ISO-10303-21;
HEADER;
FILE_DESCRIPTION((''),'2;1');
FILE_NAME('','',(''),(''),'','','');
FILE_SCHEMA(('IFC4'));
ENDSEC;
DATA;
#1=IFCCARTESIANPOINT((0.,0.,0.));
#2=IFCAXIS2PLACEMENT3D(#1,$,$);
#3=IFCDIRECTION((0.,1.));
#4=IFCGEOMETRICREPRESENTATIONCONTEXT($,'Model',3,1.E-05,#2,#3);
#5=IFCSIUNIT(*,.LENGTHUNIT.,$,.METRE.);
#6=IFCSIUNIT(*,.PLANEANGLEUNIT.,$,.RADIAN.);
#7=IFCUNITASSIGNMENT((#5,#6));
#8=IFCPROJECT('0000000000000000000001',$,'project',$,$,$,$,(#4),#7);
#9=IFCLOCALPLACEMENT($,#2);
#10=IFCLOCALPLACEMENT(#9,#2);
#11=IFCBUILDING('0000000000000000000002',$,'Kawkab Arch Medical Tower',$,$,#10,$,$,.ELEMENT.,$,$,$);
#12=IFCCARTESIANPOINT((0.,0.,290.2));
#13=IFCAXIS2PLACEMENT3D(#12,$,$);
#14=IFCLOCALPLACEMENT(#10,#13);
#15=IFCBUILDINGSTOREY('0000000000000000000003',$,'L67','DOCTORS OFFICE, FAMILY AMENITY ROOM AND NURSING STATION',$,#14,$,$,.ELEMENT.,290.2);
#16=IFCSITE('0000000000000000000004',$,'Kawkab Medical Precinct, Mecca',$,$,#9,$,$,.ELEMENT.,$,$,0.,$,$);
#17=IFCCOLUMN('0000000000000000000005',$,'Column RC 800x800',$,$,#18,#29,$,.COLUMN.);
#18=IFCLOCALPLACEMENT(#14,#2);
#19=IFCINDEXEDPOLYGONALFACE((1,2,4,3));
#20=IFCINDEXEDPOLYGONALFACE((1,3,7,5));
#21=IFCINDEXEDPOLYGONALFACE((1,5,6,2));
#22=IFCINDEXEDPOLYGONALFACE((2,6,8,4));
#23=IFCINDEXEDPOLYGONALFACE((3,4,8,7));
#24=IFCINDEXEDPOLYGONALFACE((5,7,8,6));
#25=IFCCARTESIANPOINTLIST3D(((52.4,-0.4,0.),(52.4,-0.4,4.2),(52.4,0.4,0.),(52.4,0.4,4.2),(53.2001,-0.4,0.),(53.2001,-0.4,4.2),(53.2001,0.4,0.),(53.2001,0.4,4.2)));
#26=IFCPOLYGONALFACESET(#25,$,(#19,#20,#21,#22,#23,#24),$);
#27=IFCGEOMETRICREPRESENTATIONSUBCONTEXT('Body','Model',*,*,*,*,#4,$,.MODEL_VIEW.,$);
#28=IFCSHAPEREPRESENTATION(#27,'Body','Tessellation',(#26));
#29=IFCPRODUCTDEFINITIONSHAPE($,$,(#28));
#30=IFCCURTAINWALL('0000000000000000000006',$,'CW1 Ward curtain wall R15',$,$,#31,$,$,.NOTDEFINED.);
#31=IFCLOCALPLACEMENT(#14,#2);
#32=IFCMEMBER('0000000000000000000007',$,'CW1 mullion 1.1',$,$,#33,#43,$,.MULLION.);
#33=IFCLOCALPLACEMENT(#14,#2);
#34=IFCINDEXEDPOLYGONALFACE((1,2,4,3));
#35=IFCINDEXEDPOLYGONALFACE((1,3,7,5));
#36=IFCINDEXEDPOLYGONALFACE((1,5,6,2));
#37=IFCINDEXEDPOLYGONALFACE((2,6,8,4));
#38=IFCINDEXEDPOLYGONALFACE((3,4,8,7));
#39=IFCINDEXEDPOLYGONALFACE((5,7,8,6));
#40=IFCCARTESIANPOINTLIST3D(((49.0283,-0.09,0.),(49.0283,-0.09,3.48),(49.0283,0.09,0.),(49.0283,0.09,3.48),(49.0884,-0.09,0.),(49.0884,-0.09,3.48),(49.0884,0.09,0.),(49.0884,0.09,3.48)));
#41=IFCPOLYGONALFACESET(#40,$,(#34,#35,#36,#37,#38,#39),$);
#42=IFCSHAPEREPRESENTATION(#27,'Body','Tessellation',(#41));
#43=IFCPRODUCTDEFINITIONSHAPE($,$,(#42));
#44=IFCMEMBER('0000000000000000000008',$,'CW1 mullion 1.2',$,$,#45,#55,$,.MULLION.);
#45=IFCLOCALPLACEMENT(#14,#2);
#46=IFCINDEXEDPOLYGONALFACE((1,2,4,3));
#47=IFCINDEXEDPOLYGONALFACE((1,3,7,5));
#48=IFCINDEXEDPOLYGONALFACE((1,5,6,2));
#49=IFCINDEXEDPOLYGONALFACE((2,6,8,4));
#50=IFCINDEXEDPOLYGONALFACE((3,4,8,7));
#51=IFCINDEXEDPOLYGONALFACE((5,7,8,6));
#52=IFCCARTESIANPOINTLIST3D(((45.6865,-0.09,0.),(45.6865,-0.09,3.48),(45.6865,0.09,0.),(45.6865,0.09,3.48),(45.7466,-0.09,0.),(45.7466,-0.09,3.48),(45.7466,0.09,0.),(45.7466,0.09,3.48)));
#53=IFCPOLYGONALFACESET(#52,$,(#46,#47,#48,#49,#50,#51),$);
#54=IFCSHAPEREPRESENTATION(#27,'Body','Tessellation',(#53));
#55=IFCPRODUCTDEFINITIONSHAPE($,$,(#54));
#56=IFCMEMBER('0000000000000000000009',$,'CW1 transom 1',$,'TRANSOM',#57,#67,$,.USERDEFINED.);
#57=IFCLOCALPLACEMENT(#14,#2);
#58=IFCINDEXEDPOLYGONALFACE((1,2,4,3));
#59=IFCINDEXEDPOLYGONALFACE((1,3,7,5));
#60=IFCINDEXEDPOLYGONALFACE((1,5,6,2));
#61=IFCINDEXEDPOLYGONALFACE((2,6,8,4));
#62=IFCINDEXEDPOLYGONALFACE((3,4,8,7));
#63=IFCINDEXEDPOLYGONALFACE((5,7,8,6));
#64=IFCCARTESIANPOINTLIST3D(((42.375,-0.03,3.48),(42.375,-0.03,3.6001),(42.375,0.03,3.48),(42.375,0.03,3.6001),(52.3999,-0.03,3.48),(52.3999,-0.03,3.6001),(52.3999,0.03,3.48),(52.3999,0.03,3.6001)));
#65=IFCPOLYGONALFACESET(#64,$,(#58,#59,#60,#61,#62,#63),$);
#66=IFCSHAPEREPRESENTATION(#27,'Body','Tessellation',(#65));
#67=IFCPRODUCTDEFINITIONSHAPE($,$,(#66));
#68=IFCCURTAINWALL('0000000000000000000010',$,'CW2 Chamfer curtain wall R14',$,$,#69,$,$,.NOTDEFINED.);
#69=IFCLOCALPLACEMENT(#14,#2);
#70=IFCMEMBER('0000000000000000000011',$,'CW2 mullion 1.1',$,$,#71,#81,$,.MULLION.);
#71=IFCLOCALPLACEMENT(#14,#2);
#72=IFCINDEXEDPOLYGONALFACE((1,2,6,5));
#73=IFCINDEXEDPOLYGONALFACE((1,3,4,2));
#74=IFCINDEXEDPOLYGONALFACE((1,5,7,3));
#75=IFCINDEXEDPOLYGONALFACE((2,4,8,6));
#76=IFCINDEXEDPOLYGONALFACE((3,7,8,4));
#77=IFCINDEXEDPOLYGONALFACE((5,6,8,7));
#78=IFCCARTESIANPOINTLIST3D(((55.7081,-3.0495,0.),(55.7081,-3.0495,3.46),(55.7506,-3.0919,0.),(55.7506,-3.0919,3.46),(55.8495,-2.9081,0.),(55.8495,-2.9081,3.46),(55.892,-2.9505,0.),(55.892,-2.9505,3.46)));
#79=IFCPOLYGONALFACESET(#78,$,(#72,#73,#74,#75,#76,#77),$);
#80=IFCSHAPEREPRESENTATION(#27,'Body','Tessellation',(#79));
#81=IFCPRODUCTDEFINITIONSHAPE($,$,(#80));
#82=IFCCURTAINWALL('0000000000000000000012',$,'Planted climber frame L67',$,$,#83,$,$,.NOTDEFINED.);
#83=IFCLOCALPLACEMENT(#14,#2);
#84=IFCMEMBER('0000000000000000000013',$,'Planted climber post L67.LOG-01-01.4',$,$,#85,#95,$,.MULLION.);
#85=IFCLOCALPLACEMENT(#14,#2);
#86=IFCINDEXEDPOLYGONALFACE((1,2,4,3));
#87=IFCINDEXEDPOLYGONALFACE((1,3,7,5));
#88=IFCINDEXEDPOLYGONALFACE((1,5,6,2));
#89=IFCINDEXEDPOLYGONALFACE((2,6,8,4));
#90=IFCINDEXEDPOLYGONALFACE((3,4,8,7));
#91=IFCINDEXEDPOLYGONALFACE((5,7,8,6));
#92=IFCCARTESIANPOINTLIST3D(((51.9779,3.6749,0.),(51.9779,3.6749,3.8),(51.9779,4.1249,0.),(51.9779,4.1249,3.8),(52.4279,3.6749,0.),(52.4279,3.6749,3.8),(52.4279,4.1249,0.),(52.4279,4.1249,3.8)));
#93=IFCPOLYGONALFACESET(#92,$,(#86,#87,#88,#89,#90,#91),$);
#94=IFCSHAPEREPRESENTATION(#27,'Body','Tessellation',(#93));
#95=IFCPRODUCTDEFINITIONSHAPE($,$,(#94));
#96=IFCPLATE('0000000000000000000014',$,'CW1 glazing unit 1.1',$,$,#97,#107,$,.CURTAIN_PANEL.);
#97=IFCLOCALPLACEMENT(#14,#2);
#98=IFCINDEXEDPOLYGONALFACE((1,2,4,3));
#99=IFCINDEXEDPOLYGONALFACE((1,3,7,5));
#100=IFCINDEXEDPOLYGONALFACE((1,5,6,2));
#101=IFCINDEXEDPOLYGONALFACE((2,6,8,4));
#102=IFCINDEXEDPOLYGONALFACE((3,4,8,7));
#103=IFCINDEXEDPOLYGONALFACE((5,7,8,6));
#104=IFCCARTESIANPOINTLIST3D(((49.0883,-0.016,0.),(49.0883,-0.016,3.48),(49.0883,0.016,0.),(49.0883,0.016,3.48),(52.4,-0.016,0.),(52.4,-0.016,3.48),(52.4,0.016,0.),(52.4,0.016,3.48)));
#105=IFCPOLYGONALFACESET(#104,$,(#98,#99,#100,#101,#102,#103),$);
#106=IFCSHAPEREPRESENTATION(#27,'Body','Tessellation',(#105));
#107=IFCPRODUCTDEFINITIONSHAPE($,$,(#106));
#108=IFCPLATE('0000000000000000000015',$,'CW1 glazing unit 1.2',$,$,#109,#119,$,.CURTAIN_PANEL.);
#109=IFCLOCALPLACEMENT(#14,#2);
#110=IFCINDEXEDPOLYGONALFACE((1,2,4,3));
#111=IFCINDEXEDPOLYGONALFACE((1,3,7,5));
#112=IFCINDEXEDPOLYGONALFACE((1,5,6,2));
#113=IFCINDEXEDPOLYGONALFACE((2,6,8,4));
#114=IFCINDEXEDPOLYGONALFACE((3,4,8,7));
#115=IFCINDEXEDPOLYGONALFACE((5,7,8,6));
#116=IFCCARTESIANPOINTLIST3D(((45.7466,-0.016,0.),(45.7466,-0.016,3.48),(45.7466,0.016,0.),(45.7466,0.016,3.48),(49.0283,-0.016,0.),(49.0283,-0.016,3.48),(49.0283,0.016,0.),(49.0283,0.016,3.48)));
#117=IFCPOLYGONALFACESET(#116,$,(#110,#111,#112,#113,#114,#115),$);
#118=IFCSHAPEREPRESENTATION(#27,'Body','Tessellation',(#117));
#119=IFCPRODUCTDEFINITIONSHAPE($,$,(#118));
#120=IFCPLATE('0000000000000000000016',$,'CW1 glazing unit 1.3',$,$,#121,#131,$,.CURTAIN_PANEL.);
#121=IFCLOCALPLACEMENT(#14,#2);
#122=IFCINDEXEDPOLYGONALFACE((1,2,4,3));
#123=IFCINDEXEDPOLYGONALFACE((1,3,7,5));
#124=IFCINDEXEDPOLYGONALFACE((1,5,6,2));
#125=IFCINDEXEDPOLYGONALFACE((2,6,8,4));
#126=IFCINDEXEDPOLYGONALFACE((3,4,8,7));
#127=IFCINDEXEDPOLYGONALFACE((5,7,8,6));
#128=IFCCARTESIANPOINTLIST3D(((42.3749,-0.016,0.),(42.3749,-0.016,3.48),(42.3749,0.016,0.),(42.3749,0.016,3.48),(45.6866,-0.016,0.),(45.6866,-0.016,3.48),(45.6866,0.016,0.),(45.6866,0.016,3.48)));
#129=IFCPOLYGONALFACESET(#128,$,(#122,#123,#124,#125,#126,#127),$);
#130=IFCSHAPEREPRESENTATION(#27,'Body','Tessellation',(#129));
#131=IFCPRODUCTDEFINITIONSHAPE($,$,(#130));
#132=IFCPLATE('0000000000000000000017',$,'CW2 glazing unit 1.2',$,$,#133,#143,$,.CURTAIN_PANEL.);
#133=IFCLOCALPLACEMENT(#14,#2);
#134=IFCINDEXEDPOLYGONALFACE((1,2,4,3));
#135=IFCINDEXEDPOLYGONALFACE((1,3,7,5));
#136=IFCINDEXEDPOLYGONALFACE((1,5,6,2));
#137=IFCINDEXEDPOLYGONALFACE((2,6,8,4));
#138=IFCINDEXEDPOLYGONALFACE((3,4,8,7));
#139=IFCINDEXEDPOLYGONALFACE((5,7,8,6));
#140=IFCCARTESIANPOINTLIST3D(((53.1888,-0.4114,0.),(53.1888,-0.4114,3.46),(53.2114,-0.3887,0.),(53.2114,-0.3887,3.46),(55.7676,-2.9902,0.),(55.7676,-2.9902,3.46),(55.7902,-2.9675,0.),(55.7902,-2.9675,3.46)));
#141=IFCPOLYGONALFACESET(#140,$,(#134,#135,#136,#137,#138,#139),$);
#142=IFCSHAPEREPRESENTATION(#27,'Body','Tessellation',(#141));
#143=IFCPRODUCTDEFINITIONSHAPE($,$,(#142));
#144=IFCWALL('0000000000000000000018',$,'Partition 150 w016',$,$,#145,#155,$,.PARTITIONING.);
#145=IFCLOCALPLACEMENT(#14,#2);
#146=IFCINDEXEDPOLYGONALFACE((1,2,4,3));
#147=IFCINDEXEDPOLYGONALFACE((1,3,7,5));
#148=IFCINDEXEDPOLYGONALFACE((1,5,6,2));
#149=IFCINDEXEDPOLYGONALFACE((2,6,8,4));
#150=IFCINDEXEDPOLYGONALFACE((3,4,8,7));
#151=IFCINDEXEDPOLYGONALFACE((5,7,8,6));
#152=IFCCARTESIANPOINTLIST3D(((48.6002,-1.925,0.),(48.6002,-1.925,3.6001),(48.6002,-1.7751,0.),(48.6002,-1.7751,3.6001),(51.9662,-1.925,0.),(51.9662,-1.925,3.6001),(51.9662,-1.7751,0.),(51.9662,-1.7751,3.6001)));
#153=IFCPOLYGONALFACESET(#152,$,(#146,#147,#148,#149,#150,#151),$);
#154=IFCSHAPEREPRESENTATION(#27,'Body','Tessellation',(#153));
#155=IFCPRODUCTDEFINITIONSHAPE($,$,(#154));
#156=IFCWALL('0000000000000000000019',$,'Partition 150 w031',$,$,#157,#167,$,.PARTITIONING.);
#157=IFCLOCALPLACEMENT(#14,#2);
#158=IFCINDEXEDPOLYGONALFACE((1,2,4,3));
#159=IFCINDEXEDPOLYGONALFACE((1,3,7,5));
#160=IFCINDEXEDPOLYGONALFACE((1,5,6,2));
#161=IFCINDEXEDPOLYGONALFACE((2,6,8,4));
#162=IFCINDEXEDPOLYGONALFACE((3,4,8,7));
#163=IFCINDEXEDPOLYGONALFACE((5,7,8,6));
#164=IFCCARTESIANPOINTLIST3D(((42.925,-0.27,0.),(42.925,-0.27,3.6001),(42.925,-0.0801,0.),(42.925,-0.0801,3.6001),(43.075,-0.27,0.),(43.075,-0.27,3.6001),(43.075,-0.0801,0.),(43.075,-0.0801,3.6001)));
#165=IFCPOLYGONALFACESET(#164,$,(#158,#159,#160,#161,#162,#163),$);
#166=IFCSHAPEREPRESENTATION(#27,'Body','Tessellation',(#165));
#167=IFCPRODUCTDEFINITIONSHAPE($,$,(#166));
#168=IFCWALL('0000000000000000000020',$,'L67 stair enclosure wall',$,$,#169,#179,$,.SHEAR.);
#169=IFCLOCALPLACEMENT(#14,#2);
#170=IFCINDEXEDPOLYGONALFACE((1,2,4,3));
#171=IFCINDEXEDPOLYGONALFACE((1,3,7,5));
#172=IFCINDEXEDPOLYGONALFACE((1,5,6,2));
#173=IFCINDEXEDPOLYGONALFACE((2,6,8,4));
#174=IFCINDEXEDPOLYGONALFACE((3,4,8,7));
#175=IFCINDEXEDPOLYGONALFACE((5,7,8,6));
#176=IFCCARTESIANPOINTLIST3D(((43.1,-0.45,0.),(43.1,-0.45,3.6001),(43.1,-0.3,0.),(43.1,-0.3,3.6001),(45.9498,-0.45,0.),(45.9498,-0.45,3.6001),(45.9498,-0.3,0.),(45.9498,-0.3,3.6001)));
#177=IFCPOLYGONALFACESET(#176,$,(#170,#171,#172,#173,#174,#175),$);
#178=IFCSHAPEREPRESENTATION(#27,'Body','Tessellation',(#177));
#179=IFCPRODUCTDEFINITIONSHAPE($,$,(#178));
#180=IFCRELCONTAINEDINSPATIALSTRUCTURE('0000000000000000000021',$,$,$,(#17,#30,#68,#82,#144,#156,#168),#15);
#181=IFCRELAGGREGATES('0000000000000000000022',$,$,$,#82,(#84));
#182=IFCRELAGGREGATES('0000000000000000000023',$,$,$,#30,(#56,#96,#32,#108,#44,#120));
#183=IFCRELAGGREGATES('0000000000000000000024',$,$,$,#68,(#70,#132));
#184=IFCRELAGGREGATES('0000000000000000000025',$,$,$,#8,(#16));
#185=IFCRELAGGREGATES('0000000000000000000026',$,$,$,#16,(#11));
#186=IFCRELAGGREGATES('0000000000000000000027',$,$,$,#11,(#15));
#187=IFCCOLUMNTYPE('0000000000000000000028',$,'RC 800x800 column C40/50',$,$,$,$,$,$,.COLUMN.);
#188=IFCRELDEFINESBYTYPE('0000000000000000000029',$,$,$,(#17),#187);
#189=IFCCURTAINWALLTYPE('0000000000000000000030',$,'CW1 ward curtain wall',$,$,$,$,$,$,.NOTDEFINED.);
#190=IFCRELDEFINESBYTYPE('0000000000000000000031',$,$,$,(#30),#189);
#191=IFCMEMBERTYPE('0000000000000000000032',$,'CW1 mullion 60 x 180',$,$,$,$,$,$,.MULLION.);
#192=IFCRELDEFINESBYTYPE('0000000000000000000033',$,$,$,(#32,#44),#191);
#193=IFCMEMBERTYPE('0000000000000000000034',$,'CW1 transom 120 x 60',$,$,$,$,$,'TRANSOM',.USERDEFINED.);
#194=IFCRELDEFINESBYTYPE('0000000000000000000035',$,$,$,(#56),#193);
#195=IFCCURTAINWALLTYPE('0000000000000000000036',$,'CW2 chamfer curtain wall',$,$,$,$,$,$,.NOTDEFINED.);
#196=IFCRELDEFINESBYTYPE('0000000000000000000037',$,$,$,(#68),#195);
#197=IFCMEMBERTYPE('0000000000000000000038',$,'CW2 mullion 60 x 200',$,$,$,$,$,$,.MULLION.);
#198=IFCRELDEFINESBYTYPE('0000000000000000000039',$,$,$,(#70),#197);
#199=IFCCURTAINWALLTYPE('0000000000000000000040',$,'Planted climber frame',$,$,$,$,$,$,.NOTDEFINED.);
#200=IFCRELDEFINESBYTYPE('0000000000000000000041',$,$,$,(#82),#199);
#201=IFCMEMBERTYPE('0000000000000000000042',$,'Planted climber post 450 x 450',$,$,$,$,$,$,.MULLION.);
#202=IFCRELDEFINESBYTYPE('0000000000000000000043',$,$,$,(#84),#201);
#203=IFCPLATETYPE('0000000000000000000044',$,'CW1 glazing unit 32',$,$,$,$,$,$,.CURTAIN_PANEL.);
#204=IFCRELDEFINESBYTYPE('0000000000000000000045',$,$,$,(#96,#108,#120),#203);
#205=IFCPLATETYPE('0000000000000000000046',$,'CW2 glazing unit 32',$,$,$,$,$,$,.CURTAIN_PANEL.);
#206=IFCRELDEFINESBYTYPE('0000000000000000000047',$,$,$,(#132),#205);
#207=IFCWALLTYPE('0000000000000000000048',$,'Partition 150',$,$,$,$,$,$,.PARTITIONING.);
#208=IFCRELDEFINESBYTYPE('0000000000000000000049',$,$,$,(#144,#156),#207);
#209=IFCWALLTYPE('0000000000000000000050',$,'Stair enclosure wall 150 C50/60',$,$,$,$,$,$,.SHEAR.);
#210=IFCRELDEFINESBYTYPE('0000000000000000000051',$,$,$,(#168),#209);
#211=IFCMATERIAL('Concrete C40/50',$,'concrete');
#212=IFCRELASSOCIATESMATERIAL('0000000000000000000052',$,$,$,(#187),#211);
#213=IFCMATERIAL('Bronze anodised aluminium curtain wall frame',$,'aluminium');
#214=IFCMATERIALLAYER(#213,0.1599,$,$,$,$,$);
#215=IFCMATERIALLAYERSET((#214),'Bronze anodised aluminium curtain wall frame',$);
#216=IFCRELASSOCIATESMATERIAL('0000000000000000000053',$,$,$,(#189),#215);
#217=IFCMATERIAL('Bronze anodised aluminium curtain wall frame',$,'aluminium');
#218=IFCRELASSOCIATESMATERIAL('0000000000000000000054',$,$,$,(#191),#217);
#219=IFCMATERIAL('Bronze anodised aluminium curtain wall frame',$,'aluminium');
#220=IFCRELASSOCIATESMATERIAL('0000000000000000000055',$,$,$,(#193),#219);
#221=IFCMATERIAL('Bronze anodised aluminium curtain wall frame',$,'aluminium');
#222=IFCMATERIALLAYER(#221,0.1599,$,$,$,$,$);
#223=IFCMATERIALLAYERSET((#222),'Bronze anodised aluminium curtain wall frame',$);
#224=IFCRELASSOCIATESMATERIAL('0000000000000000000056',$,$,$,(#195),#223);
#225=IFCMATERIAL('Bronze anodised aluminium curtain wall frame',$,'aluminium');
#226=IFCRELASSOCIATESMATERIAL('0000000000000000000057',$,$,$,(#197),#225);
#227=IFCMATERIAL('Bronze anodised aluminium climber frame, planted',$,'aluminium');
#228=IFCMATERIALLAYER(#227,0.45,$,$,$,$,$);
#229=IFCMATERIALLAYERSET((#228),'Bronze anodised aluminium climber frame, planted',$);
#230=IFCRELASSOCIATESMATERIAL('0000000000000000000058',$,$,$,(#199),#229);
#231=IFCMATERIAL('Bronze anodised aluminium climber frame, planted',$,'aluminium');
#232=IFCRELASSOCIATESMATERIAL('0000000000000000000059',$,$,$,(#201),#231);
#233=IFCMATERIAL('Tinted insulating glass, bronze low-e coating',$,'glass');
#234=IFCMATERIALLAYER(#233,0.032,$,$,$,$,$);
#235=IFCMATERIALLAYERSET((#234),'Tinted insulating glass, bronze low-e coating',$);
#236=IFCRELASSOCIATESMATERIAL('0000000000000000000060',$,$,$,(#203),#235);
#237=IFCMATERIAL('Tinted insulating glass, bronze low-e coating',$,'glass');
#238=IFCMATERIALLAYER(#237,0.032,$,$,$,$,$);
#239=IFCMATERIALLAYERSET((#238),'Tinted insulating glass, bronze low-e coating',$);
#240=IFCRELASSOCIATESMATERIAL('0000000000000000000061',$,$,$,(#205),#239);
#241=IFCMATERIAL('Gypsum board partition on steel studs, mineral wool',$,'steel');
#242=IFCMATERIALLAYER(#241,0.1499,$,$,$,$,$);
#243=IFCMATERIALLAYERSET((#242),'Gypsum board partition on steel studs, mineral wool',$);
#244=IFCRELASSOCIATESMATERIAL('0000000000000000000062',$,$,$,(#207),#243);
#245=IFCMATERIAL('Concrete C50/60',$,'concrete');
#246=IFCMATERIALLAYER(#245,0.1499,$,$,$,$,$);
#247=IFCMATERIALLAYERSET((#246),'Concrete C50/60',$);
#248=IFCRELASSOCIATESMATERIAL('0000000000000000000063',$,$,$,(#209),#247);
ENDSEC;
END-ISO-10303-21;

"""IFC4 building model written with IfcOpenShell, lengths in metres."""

from ifc_helpers import new_model, si_unit, direction, frame, frame_2d, origin, origin_2d, place, context, subcontext, project, spatial, rectangle, extrude, material, layer, layer_set, material_profile, profile_set, type_object, element, aggregate, save


model = new_model("IFC4")

# Units and contexts
model_context = context("Model", 3, precision=1e-05, world=origin(), true_north=direction((0.0, 1.0)))
body_context = subcontext(model_context, "Body", "Model", "MODEL_VIEW")
ifc_project = project(units=[si_unit("LENGTHUNIT", "METRE"), si_unit("PLANEANGLEUNIT", "RADIAN")], contexts=[model_context])

# Site, building, storey
site_placement = place(None, origin())
site = spatial("IfcSite", under=ifc_project, at=site_placement, Name="Kawkab Medical Precinct, Mecca", CompositionType="ELEMENT", RefElevation=0.0)
building_placement = place(site_placement, origin())
building = spatial("IfcBuilding", under=site, at=building_placement, Name="Kawkab Arch Medical Tower", CompositionType="ELEMENT")
storey_placement = place(building_placement, frame((0.0, 0.0, 290.2)))
storey = spatial("IfcBuildingStorey", under=building, at=storey_placement, Name="L67", Description="DOCTORS OFFICE, FAMILY AMENITY ROOM AND NURSING STATION", CompositionType="ELEMENT", Elevation=290.2)

# Column
ifc_material_1 = material(Name="Concrete C40/50", Category="concrete")
ifc_material_profile_1 = material_profile(ifc_material_1, rectangle(XDim=0.8, YDim=0.8, at=origin_2d()), Name="RC 800x800")
ifc_profile_set_1 = profile_set([ifc_material_profile_1], Name="Concrete C40/50")
column_type = type_object("IfcColumnType", Name="RC 800x800 column C40/50", PredefinedType="COLUMN", material=ifc_profile_set_1)
column_placement = place(storey_placement, frame((52.8, 0.0, 0.0), z_axis=(0.0, 0.0, 1.0), x_axis=(1.0, 0.0, 0.0)))
element("IfcColumn", 1, at=column_placement, inside=storey, type_object=column_type, Name="Column RC 800x800", PredefinedType="COLUMN", context=body_context, shape_type="SweptSolid", body=[
    extrude(rectangle(XDim=0.8, YDim=0.8, at=origin_2d()), origin(), (0.0, 0.0, 1.0), 4.2),
])

# Curtain wall, members
ifc_material_2 = material(Name="Bronze anodised aluminium curtain wall frame", Category="aluminium")
ifc_layer_1 = layer(ifc_material_2, 0.1599)
ifc_layer_set_1 = layer_set([ifc_layer_1], Name="Bronze anodised aluminium curtain wall frame")
curtain_wall_type_1 = type_object("IfcCurtainWallType", Name="CW1 ward curtain wall", PredefinedType="NOTDEFINED", material=ifc_layer_set_1)
placement = place(storey_placement, origin())
curtain_wall_1 = element("IfcCurtainWall", 2, at=placement, inside=storey, type_object=curtain_wall_type_1, Name="CW1 Ward curtain wall R15", PredefinedType="NOTDEFINED")
ifc_material_3 = material(Name="Bronze anodised aluminium curtain wall frame", Category="aluminium")
ifc_material_profile_2 = material_profile(ifc_material_3, rectangle(XDim=0.1799, YDim=0.0601, at=origin_2d()), Name="AL 60x180")
ifc_profile_set_2 = profile_set([ifc_material_profile_2], Name="Bronze anodised aluminium curtain wall frame")
member_type_1 = type_object("IfcMemberType", Name="CW1 mullion 60 x 180", PredefinedType="MULLION", material=ifc_profile_set_2)
member_1_placement = place(storey_placement, frame((49.0583, 0.0, 0.0), z_axis=(0.0, 0.0, 1.0), x_axis=(0.0, -1.0, 0.0)))
member_1 = element("IfcMember", 3, at=member_1_placement, type_object=member_type_1, Name="CW1 mullion 1.1", PredefinedType="MULLION", context=body_context, shape_type="SweptSolid", body=[
    extrude(rectangle(XDim=0.1799, YDim=0.0601, at=origin_2d()), origin(), (0.0, 0.0, 1.0), 3.48),
])
member_2_placement = place(storey_placement, frame((45.7166, 0.0, 0.0), z_axis=(0.0, 0.0, 1.0), x_axis=(0.0, -1.0, 0.0)))
member_2 = element("IfcMember", 4, at=member_2_placement, type_object=member_type_1, Name="CW1 mullion 1.2", PredefinedType="MULLION", context=body_context, shape_type="SweptSolid", body=[
    extrude(rectangle(XDim=0.1799, YDim=0.0601, at=origin_2d()), origin(), (0.0, 0.0, 1.0), 3.48),
])
ifc_material_4 = material(Name="Bronze anodised aluminium curtain wall frame", Category="aluminium")
ifc_material_profile_3 = material_profile(ifc_material_4, rectangle(XDim=0.0601, YDim=0.1201, at=origin_2d()), Name="AL 60x120")
ifc_profile_set_3 = profile_set([ifc_material_profile_3], Name="Bronze anodised aluminium curtain wall frame")
member_type_2 = type_object("IfcMemberType", Name="CW1 transom 120 x 60", ElementType="TRANSOM", PredefinedType="USERDEFINED", material=ifc_profile_set_3)
member_3_placement = place(storey_placement, frame((52.3999, 0.0, 3.54), z_axis=(-1.0, 0.0, 0.0), x_axis=(0.0, -1.0, 0.0)))
member_3 = element("IfcMember", 5, at=member_3_placement, type_object=member_type_2, Name="CW1 transom 1", ObjectType="TRANSOM", PredefinedType="USERDEFINED", context=body_context, shape_type="SweptSolid", body=[
    extrude(rectangle(XDim=0.0601, YDim=0.1201, at=origin_2d()), origin(), (0.0, 0.0, 1.0), 10.0249),
])

# Curtain walls, members
ifc_material_5 = material(Name="Bronze anodised aluminium curtain wall frame", Category="aluminium")
ifc_layer_2 = layer(ifc_material_5, 0.1599)
ifc_layer_set_2 = layer_set([ifc_layer_2], Name="Bronze anodised aluminium curtain wall frame")
curtain_wall_type_2 = type_object("IfcCurtainWallType", Name="CW2 chamfer curtain wall", PredefinedType="NOTDEFINED", material=ifc_layer_set_2)
curtain_wall_2 = element("IfcCurtainWall", 6, at=placement, inside=storey, type_object=curtain_wall_type_2, Name="CW2 Chamfer curtain wall R14", PredefinedType="NOTDEFINED")
ifc_material_6 = material(Name="Bronze anodised aluminium curtain wall frame", Category="aluminium")
ifc_material_profile_4 = material_profile(ifc_material_6, rectangle(XDim=0.2, YDim=0.0601, at=origin_2d()), Name="AL 60x200")
ifc_profile_set_4 = profile_set([ifc_material_profile_4], Name="Bronze anodised aluminium curtain wall frame")
member_type_3 = type_object("IfcMemberType", Name="CW2 mullion 60 x 200", PredefinedType="MULLION", material=ifc_profile_set_4)
member_4_placement = place(storey_placement, frame((55.8, -3.0, 0.0), z_axis=(0.0, 0.0, 1.0), x_axis=(-0.707107, -0.707107, 0.0)))
member_4 = element("IfcMember", 7, at=member_4_placement, type_object=member_type_3, Name="CW2 mullion 1.1", PredefinedType="MULLION", context=body_context, shape_type="SweptSolid", body=[
    extrude(rectangle(XDim=0.2, YDim=0.0601, at=origin_2d()), origin(), (0.0, 0.0, 1.0), 3.46),
])
ifc_material_7 = material(Name="Bronze anodised aluminium climber frame, planted", Category="aluminium")
ifc_layer_3 = layer(ifc_material_7, 0.45)
ifc_layer_set_3 = layer_set([ifc_layer_3], Name="Bronze anodised aluminium climber frame, planted")
curtain_wall_type_3 = type_object("IfcCurtainWallType", Name="Planted climber frame", PredefinedType="NOTDEFINED", material=ifc_layer_set_3)
curtain_wall_3 = element("IfcCurtainWall", 8, at=placement, inside=storey, type_object=curtain_wall_type_3, Name="Planted climber frame L67", PredefinedType="NOTDEFINED")
ifc_material_8 = material(Name="Bronze anodised aluminium climber frame, planted", Category="aluminium")
ifc_material_profile_5 = material_profile(ifc_material_8, rectangle(XDim=0.45, YDim=0.45, at=origin_2d()), Name="Post 450x450")
ifc_profile_set_5 = profile_set([ifc_material_profile_5], Name="Bronze anodised aluminium climber frame, planted")
member_type_4 = type_object("IfcMemberType", Name="Planted climber post 450 x 450", PredefinedType="MULLION", material=ifc_profile_set_5)
member_5_placement = place(storey_placement, frame((52.2029, 3.8999, 0.0), z_axis=(0.0, 0.0, 1.0), x_axis=(1.0, 0.0, 0.0)))
member_5 = element("IfcMember", 9, at=member_5_placement, type_object=member_type_4, Name="Planted climber post L67.LOG-01-01.4", PredefinedType="MULLION", context=body_context, shape_type="SweptSolid", body=[
    extrude(rectangle(XDim=0.45, YDim=0.45, at=origin_2d()), origin(), (0.0, 0.0, 1.0), 3.8),
])
aggregate(curtain_wall_3, [member_5])

# Plates
ifc_material_9 = material(Name="Tinted insulating glass, bronze low-e coating", Category="glass")
ifc_layer_4 = layer(ifc_material_9, 0.032)
ifc_layer_set_4 = layer_set([ifc_layer_4], Name="Tinted insulating glass, bronze low-e coating")
plate_type_1 = type_object("IfcPlateType", Name="CW1 glazing unit 32", PredefinedType="CURTAIN_PANEL", material=ifc_layer_set_4)
plate_1_placement = place(storey_placement, frame((50.7441, 0.0, 0.0), z_axis=(0.0, 0.0, 1.0), x_axis=(-1.0, 0.0, 0.0)))
plate_1 = element("IfcPlate", 10, at=plate_1_placement, type_object=plate_type_1, Name="CW1 glazing unit 1.1", PredefinedType="CURTAIN_PANEL", context=body_context, shape_type="SweptSolid", body=[
    extrude(rectangle(XDim=3.3118, YDim=0.032, at=origin_2d()), origin(), (0.0, 0.0, 1.0), 3.48),
])
plate_2_placement = place(storey_placement, frame((47.3875, 0.0, 0.0), z_axis=(0.0, 0.0, 1.0), x_axis=(-1.0, 0.0, 0.0)))
plate_2 = element("IfcPlate", 11, at=plate_2_placement, type_object=plate_type_1, Name="CW1 glazing unit 1.2", PredefinedType="CURTAIN_PANEL", context=body_context, shape_type="SweptSolid", body=[
    extrude(rectangle(XDim=3.2817, YDim=0.032, at=origin_2d()), origin(), (0.0, 0.0, 1.0), 3.48),
])
plate_3_placement = place(storey_placement, frame((44.0308, 0.0, 0.0), z_axis=(0.0, 0.0, 1.0), x_axis=(-1.0, 0.0, 0.0)))
plate_3 = element("IfcPlate", 12, at=plate_3_placement, type_object=plate_type_1, Name="CW1 glazing unit 1.3", PredefinedType="CURTAIN_PANEL", context=body_context, shape_type="SweptSolid", body=[
    extrude(rectangle(XDim=3.3118, YDim=0.032, at=origin_2d()), origin(), (0.0, 0.0, 1.0), 3.48),
])
aggregate(curtain_wall_1, [member_3, plate_1, member_1, plate_2, member_2, plate_3])
ifc_material_10 = material(Name="Tinted insulating glass, bronze low-e coating", Category="glass")
ifc_layer_5 = layer(ifc_material_10, 0.032)
ifc_layer_set_5 = layer_set([ifc_layer_5], Name="Tinted insulating glass, bronze low-e coating")
plate_type_2 = type_object("IfcPlateType", Name="CW2 glazing unit 32", PredefinedType="CURTAIN_PANEL", material=ifc_layer_set_5)
plate_4_placement = place(storey_placement, frame((54.4895, -1.6895, 0.0), z_axis=(0.0, 0.0, 1.0), x_axis=(-0.707107, 0.707107, 0.0)))
plate_4 = element("IfcPlate", 13, at=plate_4_placement, type_object=plate_type_2, Name="CW2 glazing unit 1.2", PredefinedType="CURTAIN_PANEL", context=body_context, shape_type="SweptSolid", body=[
    extrude(rectangle(XDim=3.647, YDim=0.032, at=origin_2d()), origin(), (0.0, 0.0, 1.0), 3.46),
])
aggregate(curtain_wall_2, [member_4, plate_4])

# Walls
ifc_material_11 = material(Name="Gypsum board partition on steel studs, mineral wool", Category="steel")
ifc_layer_6 = layer(ifc_material_11, 0.1499)
ifc_layer_set_6 = layer_set([ifc_layer_6], Name="Gypsum board partition on steel studs, mineral wool")
wall_type_1 = type_object("IfcWallType", Name="Partition 150", PredefinedType="PARTITIONING", material=ifc_layer_set_6)
wall_1_placement = place(storey_placement, frame((48.6001, -1.8501, 0.0), z_axis=(0.0, 0.0, 1.0), x_axis=(1.0, 0.0, 0.0)))
element("IfcWall", 14, at=wall_1_placement, inside=storey, type_object=wall_type_1, Name="Partition 150 w016", PredefinedType="PARTITIONING", context=body_context, shape_type="SweptSolid", body=[
    extrude(rectangle(XDim=3.366, YDim=0.1499, at=frame_2d((1.6831, 0.0))), origin(), (0.0, 0.0, 1.0), 3.6001),
])
wall_2_placement = place(storey_placement, frame((43.0, -0.27, 0.0), z_axis=(0.0, 0.0, 1.0), x_axis=(0.0, 1.0, 0.0)))
element("IfcWall", 15, at=wall_2_placement, inside=storey, type_object=wall_type_1, Name="Partition 150 w031", PredefinedType="PARTITIONING", context=body_context, shape_type="SweptSolid", body=[
    extrude(rectangle(XDim=0.1899, YDim=0.1499, at=frame_2d((0.095, 0.0))), origin(), (0.0, 0.0, 1.0), 3.6001),
])
ifc_material_12 = material(Name="Concrete C50/60", Category="concrete")
ifc_layer_7 = layer(ifc_material_12, 0.1499)
ifc_layer_set_7 = layer_set([ifc_layer_7], Name="Concrete C50/60")
wall_type_2 = type_object("IfcWallType", Name="Stair enclosure wall 150 C50/60", PredefinedType="SHEAR", material=ifc_layer_set_7)
wall_3_placement = place(storey_placement, frame((43.1001, -0.375, 0.0), z_axis=(0.0, 0.0, 1.0), x_axis=(1.0, 0.0, 0.0)))
element("IfcWall", 16, at=wall_3_placement, inside=storey, type_object=wall_type_2, Name="L67 stair enclosure wall", PredefinedType="SHEAR", context=body_context, shape_type="SweptSolid", body=[
    extrude(rectangle(XDim=2.8499, YDim=0.1499, at=frame_2d((1.4248, 0.0))), origin(), (0.0, 0.0, 1.0), 3.6001),
])

save(model, "model.ifc")
